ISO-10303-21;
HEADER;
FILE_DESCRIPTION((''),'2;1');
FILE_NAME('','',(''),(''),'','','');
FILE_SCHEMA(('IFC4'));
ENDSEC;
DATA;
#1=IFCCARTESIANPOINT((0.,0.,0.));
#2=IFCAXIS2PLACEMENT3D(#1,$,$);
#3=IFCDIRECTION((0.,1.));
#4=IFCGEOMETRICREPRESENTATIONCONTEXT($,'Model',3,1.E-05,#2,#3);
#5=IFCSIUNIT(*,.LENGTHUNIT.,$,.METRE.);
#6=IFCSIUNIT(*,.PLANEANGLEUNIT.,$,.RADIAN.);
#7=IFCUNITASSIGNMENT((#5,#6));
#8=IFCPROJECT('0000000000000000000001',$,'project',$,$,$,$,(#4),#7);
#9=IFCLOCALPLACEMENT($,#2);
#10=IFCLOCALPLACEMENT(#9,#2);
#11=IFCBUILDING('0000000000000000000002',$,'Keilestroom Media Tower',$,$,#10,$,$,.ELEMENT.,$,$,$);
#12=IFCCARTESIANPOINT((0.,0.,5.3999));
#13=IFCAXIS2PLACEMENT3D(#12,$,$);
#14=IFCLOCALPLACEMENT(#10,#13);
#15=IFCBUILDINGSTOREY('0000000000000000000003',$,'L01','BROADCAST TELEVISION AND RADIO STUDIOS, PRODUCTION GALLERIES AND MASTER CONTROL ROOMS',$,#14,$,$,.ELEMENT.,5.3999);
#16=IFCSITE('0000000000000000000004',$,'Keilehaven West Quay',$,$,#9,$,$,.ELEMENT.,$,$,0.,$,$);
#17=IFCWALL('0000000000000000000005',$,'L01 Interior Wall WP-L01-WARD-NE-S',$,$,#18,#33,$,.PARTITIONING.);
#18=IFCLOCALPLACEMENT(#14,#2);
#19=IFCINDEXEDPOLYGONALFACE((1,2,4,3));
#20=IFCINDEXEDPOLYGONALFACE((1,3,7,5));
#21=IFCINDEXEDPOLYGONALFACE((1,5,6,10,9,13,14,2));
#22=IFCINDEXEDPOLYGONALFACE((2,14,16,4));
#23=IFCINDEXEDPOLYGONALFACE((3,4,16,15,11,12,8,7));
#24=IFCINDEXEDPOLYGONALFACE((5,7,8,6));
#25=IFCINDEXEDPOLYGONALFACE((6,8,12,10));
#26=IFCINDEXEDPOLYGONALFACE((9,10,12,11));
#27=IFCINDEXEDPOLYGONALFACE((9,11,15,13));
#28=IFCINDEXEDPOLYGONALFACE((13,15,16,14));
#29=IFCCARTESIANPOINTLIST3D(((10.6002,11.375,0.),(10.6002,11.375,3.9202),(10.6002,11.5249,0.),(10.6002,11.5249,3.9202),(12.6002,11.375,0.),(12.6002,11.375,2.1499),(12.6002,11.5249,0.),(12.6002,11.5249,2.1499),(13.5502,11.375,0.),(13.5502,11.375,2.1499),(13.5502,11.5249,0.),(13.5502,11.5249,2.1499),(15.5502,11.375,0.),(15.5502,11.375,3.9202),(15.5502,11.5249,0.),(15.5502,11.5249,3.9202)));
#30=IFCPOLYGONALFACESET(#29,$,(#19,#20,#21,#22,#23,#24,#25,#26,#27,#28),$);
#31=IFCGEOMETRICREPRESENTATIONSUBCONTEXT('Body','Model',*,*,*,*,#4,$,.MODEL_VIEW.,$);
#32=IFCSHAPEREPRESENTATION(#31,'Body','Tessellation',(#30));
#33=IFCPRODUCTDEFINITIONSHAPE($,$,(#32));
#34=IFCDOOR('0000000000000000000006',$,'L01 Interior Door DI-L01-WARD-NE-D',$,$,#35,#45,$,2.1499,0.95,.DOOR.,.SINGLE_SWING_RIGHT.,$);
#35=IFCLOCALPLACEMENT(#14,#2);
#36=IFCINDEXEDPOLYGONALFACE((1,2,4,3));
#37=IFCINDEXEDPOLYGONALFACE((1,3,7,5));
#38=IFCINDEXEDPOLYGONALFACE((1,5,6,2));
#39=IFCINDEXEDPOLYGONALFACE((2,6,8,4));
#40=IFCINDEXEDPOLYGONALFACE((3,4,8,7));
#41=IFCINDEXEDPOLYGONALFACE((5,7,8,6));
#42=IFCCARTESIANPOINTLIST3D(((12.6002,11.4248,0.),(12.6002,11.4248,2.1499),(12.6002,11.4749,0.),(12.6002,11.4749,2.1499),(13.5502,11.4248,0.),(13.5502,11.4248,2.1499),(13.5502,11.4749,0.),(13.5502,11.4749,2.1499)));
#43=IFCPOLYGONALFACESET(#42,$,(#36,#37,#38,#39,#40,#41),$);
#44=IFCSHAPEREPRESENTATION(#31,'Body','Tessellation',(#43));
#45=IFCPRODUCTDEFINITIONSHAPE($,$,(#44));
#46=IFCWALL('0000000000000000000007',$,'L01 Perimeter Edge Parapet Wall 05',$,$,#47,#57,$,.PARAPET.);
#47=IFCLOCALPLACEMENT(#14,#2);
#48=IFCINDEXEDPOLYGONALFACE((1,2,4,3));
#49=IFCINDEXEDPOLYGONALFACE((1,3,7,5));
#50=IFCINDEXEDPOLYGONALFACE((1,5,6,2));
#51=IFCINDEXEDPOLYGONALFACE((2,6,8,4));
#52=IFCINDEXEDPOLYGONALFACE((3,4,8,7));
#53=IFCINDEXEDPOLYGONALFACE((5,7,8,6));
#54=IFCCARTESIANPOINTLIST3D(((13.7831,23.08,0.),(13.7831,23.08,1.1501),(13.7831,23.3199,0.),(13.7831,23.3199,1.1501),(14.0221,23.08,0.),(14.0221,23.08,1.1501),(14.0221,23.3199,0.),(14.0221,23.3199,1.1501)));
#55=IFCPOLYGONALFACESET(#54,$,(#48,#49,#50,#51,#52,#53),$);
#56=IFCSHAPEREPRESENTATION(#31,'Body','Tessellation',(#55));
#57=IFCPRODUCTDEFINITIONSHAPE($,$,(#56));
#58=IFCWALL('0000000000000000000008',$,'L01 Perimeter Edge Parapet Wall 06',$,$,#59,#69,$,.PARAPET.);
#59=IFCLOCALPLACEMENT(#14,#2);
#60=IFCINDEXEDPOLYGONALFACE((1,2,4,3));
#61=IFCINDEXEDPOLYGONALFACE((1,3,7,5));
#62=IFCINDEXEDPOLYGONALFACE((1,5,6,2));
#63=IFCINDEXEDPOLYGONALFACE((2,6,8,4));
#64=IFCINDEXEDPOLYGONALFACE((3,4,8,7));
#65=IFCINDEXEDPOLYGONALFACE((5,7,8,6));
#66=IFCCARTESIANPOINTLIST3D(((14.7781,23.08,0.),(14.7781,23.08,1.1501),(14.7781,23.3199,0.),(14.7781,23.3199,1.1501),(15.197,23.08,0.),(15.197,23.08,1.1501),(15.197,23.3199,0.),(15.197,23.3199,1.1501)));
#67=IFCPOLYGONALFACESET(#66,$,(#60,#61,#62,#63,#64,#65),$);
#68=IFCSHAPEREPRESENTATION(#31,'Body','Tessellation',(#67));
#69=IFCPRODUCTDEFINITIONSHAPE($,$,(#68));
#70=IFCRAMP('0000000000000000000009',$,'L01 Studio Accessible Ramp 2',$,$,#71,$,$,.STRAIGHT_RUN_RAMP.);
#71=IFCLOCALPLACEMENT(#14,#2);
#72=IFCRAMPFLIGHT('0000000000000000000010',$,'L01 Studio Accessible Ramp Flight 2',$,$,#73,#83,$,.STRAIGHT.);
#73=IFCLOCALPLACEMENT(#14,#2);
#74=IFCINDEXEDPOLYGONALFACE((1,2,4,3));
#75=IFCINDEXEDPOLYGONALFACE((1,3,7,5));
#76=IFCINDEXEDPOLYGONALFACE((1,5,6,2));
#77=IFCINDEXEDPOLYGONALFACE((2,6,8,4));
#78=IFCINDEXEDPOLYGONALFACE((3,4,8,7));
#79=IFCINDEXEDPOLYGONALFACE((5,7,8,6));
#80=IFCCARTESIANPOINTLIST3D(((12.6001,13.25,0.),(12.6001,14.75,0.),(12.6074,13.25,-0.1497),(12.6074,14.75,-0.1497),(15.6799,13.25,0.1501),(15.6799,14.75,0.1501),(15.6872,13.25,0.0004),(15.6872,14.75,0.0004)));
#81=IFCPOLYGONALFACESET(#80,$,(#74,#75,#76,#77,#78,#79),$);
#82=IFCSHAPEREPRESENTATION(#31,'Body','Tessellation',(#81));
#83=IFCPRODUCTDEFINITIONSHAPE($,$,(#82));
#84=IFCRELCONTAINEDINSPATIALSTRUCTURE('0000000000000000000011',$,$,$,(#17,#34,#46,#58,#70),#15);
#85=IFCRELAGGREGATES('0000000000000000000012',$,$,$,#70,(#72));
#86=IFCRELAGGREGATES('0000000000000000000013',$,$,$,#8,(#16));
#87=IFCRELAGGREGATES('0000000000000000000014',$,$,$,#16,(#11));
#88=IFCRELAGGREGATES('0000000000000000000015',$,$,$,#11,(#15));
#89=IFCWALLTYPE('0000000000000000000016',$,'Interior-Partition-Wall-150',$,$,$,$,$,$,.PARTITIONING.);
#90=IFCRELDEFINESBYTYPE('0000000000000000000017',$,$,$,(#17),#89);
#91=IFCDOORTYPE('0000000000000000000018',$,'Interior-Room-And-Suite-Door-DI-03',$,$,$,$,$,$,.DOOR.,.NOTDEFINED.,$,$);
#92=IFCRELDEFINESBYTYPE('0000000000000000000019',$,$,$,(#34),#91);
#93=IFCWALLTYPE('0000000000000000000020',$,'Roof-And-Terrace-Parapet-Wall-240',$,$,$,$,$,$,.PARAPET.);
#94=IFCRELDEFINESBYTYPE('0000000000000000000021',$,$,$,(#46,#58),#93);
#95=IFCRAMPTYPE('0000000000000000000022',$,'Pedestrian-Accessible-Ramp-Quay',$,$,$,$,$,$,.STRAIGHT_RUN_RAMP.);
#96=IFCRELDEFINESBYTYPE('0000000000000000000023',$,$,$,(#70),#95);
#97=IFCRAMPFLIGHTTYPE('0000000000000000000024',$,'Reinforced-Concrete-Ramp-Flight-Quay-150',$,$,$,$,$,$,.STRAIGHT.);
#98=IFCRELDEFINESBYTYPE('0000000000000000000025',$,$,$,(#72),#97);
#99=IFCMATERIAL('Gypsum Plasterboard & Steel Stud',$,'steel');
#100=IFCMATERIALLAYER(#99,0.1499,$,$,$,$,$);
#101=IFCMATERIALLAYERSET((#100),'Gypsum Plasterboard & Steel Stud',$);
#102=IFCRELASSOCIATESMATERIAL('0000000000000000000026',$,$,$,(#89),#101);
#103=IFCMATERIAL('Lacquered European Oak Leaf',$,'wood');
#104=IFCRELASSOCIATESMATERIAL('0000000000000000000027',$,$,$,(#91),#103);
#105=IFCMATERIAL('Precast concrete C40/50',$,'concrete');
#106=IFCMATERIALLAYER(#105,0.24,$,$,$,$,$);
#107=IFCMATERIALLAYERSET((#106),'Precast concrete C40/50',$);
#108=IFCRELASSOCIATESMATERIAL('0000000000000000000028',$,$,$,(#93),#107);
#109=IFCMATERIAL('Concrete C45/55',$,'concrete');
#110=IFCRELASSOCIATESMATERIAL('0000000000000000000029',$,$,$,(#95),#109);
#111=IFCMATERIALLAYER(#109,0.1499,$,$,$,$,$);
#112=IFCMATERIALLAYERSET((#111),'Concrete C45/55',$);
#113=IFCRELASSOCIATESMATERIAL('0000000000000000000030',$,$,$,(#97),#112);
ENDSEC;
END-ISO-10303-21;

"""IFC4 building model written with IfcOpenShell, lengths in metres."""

from ifc_helpers import new_model, si_unit, direction, frame, frame_2d, origin, place, context, subcontext, project, spatial, polyline, rectangle, outline, extrude, source, transform, mapped, material, layer, layer_set, type_object, element, fill, aggregate, save


model = new_model("IFC4")

# Units and contexts
model_context = context("Model", 3, precision=1e-05, world=origin(), true_north=direction((0.0, 1.0)))
body_context = subcontext(model_context, "Body", "Model", "MODEL_VIEW")
ifc_project = project(units=[si_unit("LENGTHUNIT", "METRE"), si_unit("PLANEANGLEUNIT", "RADIAN")], contexts=[model_context])

# Site, building, storey
site_placement = place(None, origin())
site = spatial("IfcSite", under=ifc_project, at=site_placement, Name="Keilehaven West Quay", CompositionType="ELEMENT", RefElevation=0.0)
building_placement = place(site_placement, origin())
building = spatial("IfcBuilding", under=site, at=building_placement, Name="Keilestroom Media Tower", CompositionType="ELEMENT")
storey_placement = place(building_placement, frame((0.0, 0.0, 5.3999)))
storey = spatial("IfcBuildingStorey", under=building, at=storey_placement, Name="L01", Description="BROADCAST TELEVISION AND RADIO STUDIOS, PRODUCTION GALLERIES AND MASTER CONTROL ROOMS", CompositionType="ELEMENT", Elevation=5.3999)

# Shared definitions
ifc_material_1 = material(Name="Precast concrete C40/50", Category="concrete")

# Shared definitions
ifc_material_2 = material(Name="Gypsum Plasterboard & Steel Stud", Category="steel")

# Shared definitions
ifc_layer_1 = layer(ifc_material_2, 0.1499)
ifc_layer_set_1 = layer_set([ifc_layer_1], Name="Gypsum Plasterboard & Steel Stud")
wall_type_1 = type_object("IfcWallType", Name="Interior-Partition-Wall-150", PredefinedType="PARTITIONING", material=ifc_layer_set_1)
ifc_material_3 = material(Name="Lacquered European Oak Leaf", Category="wood")
door_type = type_object("IfcDoorType", Name="Interior-Room-And-Suite-Door-DI-03", OperationType="NOTDEFINED", PredefinedType="DOOR", material=ifc_material_3)
shared_shape_1 = source(origin(), body_context, "Body", "SweptSolid", [
    extrude(rectangle(XDim=0.95, YDim=2.1499, at=frame_2d((0.4751, 1.075))), frame((0.0, 0.0249, 0.0), z_axis=(0.0, -1.0, 0.0), x_axis=(1.0, 0.0, 0.0)), (0.0, 0.0, 1.0), 0.05),
])

# Wall, opening, door
wall_1_placement = place(storey_placement, frame((10.6001, 11.45, 0.0), z_axis=(0.0, 0.0, 1.0), x_axis=(1.0, 0.0, 0.0)))
wall_1 = element("IfcWall", 1, at=wall_1_placement, inside=storey, type_object=wall_type_1, Name="L01 Interior Wall WP-L01-WARD-NE-S", PredefinedType="PARTITIONING", context=body_context, shape_type="SweptSolid", body=[
    extrude(rectangle(XDim=4.95, YDim=0.1499, at=frame_2d((2.4751, 0.0))), origin(), (0.0, 0.0, 1.0), 3.9202),
])
opening_1_placement = place(wall_1_placement, frame((2.0, 0.0, 0.0)))
opening_1 = element("IfcOpeningElement", 2, at=opening_1_placement, cuts=wall_1, PredefinedType="OPENING", context=body_context, shape_type="SweptSolid", body=[
    extrude(rectangle(XDim=0.95, YDim=2.1499, at=frame_2d((0.4751, 1.075))), frame((0.0, 0.085, 0.0), z_axis=(0.0, -1.0, 0.0), x_axis=(1.0, 0.0, 0.0)), (0.0, 0.0, 1.0), 0.1699),
])
door_1_placement = place(opening_1_placement, origin())
door_1 = element("IfcDoor", 3, at=door_1_placement, inside=storey, type_object=door_type, Name="L01 Interior Door DI-L01-WARD-NE-D", OperationType="SINGLE_SWING_RIGHT", OverallHeight=2.1499, OverallWidth=0.95, PredefinedType="DOOR", context=body_context, shape_type="MappedRepresentation", body=[
    mapped(shared_shape_1, transform((0.0, 0.0, 0.0), x_axis=(1.0, 0.0, 0.0), y_axis=(0.0, 1.0, 0.0), z_axis=(0.0, 0.0, 1.0), scale=1.0)),
])
fill(opening_1, door_1)

# Walls
ifc_layer_2 = layer(ifc_material_1, 0.24)
ifc_layer_set_2 = layer_set([ifc_layer_2], Name="Precast concrete C40/50")
wall_type_2 = type_object("IfcWallType", Name="Roof-And-Terrace-Parapet-Wall-240", PredefinedType="PARAPET", material=ifc_layer_set_2)
wall_2_placement = place(storey_placement, frame((13.783, 23.2, 0.0), z_axis=(0.0, 0.0, 1.0), x_axis=(1.0, 0.0, 0.0)))
element("IfcWall", 4, at=wall_2_placement, inside=storey, type_object=wall_type_2, Name="L01 Perimeter Edge Parapet Wall 05", PredefinedType="PARAPET", context=body_context, shape_type="SweptSolid", body=[
    extrude(rectangle(XDim=0.239, YDim=0.24, at=frame_2d((0.1196, 0.0))), origin(), (0.0, 0.0, 1.0), 1.1501),
])
wall_3_placement = place(storey_placement, frame((14.7781, 23.2, 0.0), z_axis=(0.0, 0.0, 1.0), x_axis=(1.0, 0.0, 0.0)))
element("IfcWall", 5, at=wall_3_placement, inside=storey, type_object=wall_type_2, Name="L01 Perimeter Edge Parapet Wall 06", PredefinedType="PARAPET", context=body_context, shape_type="SweptSolid", body=[
    extrude(rectangle(XDim=0.4189, YDim=0.24, at=frame_2d((0.2095, 0.0))), origin(), (0.0, 0.0, 1.0), 1.1501),
])

# Ramp, ramp flight
ifc_material_4 = material(Name="Concrete C45/55", Category="concrete")
ramp_type = type_object("IfcRampType", Name="Pedestrian-Accessible-Ramp-Quay", PredefinedType="STRAIGHT_RUN_RAMP", material=ifc_material_4)
ramp_placement = place(storey_placement, origin())
ramp = element("IfcRamp", 6, at=ramp_placement, inside=storey, type_object=ramp_type, Name="L01 Studio Accessible Ramp 2", PredefinedType="STRAIGHT_RUN_RAMP")
ifc_layer_3 = layer(ifc_material_4, 0.1499)
ifc_layer_set_3 = layer_set([ifc_layer_3], Name="Concrete C45/55")
ramp_flight_type = type_object("IfcRampFlightType", Name="Reinforced-Concrete-Ramp-Flight-Quay-150", PredefinedType="STRAIGHT", material=ifc_layer_set_3)
ramp_flight_placement = place(storey_placement, frame((12.6001, 13.25, 0.0), z_axis=(-0.048694, 0.0, 0.998814), x_axis=(0.998814, 0.0, 0.048694)))
ramp_flight = element("IfcRampFlight", 7, at=ramp_flight_placement, type_object=ramp_flight_type, Name="L01 Studio Accessible Ramp Flight 2", PredefinedType="STRAIGHT", context=body_context, shape_type="SweptSolid", body=[
    extrude(outline(polyline([(0.0, 0.0), (3.0835, 0.0), (3.0835, 1.5), (0.0, 1.5), (0.0, 0.0)])), origin(), (0.0, 0.0, -1.0), 0.1499),
])
aggregate(ramp, [ramp_flight])

save(model, "model.ifc")
